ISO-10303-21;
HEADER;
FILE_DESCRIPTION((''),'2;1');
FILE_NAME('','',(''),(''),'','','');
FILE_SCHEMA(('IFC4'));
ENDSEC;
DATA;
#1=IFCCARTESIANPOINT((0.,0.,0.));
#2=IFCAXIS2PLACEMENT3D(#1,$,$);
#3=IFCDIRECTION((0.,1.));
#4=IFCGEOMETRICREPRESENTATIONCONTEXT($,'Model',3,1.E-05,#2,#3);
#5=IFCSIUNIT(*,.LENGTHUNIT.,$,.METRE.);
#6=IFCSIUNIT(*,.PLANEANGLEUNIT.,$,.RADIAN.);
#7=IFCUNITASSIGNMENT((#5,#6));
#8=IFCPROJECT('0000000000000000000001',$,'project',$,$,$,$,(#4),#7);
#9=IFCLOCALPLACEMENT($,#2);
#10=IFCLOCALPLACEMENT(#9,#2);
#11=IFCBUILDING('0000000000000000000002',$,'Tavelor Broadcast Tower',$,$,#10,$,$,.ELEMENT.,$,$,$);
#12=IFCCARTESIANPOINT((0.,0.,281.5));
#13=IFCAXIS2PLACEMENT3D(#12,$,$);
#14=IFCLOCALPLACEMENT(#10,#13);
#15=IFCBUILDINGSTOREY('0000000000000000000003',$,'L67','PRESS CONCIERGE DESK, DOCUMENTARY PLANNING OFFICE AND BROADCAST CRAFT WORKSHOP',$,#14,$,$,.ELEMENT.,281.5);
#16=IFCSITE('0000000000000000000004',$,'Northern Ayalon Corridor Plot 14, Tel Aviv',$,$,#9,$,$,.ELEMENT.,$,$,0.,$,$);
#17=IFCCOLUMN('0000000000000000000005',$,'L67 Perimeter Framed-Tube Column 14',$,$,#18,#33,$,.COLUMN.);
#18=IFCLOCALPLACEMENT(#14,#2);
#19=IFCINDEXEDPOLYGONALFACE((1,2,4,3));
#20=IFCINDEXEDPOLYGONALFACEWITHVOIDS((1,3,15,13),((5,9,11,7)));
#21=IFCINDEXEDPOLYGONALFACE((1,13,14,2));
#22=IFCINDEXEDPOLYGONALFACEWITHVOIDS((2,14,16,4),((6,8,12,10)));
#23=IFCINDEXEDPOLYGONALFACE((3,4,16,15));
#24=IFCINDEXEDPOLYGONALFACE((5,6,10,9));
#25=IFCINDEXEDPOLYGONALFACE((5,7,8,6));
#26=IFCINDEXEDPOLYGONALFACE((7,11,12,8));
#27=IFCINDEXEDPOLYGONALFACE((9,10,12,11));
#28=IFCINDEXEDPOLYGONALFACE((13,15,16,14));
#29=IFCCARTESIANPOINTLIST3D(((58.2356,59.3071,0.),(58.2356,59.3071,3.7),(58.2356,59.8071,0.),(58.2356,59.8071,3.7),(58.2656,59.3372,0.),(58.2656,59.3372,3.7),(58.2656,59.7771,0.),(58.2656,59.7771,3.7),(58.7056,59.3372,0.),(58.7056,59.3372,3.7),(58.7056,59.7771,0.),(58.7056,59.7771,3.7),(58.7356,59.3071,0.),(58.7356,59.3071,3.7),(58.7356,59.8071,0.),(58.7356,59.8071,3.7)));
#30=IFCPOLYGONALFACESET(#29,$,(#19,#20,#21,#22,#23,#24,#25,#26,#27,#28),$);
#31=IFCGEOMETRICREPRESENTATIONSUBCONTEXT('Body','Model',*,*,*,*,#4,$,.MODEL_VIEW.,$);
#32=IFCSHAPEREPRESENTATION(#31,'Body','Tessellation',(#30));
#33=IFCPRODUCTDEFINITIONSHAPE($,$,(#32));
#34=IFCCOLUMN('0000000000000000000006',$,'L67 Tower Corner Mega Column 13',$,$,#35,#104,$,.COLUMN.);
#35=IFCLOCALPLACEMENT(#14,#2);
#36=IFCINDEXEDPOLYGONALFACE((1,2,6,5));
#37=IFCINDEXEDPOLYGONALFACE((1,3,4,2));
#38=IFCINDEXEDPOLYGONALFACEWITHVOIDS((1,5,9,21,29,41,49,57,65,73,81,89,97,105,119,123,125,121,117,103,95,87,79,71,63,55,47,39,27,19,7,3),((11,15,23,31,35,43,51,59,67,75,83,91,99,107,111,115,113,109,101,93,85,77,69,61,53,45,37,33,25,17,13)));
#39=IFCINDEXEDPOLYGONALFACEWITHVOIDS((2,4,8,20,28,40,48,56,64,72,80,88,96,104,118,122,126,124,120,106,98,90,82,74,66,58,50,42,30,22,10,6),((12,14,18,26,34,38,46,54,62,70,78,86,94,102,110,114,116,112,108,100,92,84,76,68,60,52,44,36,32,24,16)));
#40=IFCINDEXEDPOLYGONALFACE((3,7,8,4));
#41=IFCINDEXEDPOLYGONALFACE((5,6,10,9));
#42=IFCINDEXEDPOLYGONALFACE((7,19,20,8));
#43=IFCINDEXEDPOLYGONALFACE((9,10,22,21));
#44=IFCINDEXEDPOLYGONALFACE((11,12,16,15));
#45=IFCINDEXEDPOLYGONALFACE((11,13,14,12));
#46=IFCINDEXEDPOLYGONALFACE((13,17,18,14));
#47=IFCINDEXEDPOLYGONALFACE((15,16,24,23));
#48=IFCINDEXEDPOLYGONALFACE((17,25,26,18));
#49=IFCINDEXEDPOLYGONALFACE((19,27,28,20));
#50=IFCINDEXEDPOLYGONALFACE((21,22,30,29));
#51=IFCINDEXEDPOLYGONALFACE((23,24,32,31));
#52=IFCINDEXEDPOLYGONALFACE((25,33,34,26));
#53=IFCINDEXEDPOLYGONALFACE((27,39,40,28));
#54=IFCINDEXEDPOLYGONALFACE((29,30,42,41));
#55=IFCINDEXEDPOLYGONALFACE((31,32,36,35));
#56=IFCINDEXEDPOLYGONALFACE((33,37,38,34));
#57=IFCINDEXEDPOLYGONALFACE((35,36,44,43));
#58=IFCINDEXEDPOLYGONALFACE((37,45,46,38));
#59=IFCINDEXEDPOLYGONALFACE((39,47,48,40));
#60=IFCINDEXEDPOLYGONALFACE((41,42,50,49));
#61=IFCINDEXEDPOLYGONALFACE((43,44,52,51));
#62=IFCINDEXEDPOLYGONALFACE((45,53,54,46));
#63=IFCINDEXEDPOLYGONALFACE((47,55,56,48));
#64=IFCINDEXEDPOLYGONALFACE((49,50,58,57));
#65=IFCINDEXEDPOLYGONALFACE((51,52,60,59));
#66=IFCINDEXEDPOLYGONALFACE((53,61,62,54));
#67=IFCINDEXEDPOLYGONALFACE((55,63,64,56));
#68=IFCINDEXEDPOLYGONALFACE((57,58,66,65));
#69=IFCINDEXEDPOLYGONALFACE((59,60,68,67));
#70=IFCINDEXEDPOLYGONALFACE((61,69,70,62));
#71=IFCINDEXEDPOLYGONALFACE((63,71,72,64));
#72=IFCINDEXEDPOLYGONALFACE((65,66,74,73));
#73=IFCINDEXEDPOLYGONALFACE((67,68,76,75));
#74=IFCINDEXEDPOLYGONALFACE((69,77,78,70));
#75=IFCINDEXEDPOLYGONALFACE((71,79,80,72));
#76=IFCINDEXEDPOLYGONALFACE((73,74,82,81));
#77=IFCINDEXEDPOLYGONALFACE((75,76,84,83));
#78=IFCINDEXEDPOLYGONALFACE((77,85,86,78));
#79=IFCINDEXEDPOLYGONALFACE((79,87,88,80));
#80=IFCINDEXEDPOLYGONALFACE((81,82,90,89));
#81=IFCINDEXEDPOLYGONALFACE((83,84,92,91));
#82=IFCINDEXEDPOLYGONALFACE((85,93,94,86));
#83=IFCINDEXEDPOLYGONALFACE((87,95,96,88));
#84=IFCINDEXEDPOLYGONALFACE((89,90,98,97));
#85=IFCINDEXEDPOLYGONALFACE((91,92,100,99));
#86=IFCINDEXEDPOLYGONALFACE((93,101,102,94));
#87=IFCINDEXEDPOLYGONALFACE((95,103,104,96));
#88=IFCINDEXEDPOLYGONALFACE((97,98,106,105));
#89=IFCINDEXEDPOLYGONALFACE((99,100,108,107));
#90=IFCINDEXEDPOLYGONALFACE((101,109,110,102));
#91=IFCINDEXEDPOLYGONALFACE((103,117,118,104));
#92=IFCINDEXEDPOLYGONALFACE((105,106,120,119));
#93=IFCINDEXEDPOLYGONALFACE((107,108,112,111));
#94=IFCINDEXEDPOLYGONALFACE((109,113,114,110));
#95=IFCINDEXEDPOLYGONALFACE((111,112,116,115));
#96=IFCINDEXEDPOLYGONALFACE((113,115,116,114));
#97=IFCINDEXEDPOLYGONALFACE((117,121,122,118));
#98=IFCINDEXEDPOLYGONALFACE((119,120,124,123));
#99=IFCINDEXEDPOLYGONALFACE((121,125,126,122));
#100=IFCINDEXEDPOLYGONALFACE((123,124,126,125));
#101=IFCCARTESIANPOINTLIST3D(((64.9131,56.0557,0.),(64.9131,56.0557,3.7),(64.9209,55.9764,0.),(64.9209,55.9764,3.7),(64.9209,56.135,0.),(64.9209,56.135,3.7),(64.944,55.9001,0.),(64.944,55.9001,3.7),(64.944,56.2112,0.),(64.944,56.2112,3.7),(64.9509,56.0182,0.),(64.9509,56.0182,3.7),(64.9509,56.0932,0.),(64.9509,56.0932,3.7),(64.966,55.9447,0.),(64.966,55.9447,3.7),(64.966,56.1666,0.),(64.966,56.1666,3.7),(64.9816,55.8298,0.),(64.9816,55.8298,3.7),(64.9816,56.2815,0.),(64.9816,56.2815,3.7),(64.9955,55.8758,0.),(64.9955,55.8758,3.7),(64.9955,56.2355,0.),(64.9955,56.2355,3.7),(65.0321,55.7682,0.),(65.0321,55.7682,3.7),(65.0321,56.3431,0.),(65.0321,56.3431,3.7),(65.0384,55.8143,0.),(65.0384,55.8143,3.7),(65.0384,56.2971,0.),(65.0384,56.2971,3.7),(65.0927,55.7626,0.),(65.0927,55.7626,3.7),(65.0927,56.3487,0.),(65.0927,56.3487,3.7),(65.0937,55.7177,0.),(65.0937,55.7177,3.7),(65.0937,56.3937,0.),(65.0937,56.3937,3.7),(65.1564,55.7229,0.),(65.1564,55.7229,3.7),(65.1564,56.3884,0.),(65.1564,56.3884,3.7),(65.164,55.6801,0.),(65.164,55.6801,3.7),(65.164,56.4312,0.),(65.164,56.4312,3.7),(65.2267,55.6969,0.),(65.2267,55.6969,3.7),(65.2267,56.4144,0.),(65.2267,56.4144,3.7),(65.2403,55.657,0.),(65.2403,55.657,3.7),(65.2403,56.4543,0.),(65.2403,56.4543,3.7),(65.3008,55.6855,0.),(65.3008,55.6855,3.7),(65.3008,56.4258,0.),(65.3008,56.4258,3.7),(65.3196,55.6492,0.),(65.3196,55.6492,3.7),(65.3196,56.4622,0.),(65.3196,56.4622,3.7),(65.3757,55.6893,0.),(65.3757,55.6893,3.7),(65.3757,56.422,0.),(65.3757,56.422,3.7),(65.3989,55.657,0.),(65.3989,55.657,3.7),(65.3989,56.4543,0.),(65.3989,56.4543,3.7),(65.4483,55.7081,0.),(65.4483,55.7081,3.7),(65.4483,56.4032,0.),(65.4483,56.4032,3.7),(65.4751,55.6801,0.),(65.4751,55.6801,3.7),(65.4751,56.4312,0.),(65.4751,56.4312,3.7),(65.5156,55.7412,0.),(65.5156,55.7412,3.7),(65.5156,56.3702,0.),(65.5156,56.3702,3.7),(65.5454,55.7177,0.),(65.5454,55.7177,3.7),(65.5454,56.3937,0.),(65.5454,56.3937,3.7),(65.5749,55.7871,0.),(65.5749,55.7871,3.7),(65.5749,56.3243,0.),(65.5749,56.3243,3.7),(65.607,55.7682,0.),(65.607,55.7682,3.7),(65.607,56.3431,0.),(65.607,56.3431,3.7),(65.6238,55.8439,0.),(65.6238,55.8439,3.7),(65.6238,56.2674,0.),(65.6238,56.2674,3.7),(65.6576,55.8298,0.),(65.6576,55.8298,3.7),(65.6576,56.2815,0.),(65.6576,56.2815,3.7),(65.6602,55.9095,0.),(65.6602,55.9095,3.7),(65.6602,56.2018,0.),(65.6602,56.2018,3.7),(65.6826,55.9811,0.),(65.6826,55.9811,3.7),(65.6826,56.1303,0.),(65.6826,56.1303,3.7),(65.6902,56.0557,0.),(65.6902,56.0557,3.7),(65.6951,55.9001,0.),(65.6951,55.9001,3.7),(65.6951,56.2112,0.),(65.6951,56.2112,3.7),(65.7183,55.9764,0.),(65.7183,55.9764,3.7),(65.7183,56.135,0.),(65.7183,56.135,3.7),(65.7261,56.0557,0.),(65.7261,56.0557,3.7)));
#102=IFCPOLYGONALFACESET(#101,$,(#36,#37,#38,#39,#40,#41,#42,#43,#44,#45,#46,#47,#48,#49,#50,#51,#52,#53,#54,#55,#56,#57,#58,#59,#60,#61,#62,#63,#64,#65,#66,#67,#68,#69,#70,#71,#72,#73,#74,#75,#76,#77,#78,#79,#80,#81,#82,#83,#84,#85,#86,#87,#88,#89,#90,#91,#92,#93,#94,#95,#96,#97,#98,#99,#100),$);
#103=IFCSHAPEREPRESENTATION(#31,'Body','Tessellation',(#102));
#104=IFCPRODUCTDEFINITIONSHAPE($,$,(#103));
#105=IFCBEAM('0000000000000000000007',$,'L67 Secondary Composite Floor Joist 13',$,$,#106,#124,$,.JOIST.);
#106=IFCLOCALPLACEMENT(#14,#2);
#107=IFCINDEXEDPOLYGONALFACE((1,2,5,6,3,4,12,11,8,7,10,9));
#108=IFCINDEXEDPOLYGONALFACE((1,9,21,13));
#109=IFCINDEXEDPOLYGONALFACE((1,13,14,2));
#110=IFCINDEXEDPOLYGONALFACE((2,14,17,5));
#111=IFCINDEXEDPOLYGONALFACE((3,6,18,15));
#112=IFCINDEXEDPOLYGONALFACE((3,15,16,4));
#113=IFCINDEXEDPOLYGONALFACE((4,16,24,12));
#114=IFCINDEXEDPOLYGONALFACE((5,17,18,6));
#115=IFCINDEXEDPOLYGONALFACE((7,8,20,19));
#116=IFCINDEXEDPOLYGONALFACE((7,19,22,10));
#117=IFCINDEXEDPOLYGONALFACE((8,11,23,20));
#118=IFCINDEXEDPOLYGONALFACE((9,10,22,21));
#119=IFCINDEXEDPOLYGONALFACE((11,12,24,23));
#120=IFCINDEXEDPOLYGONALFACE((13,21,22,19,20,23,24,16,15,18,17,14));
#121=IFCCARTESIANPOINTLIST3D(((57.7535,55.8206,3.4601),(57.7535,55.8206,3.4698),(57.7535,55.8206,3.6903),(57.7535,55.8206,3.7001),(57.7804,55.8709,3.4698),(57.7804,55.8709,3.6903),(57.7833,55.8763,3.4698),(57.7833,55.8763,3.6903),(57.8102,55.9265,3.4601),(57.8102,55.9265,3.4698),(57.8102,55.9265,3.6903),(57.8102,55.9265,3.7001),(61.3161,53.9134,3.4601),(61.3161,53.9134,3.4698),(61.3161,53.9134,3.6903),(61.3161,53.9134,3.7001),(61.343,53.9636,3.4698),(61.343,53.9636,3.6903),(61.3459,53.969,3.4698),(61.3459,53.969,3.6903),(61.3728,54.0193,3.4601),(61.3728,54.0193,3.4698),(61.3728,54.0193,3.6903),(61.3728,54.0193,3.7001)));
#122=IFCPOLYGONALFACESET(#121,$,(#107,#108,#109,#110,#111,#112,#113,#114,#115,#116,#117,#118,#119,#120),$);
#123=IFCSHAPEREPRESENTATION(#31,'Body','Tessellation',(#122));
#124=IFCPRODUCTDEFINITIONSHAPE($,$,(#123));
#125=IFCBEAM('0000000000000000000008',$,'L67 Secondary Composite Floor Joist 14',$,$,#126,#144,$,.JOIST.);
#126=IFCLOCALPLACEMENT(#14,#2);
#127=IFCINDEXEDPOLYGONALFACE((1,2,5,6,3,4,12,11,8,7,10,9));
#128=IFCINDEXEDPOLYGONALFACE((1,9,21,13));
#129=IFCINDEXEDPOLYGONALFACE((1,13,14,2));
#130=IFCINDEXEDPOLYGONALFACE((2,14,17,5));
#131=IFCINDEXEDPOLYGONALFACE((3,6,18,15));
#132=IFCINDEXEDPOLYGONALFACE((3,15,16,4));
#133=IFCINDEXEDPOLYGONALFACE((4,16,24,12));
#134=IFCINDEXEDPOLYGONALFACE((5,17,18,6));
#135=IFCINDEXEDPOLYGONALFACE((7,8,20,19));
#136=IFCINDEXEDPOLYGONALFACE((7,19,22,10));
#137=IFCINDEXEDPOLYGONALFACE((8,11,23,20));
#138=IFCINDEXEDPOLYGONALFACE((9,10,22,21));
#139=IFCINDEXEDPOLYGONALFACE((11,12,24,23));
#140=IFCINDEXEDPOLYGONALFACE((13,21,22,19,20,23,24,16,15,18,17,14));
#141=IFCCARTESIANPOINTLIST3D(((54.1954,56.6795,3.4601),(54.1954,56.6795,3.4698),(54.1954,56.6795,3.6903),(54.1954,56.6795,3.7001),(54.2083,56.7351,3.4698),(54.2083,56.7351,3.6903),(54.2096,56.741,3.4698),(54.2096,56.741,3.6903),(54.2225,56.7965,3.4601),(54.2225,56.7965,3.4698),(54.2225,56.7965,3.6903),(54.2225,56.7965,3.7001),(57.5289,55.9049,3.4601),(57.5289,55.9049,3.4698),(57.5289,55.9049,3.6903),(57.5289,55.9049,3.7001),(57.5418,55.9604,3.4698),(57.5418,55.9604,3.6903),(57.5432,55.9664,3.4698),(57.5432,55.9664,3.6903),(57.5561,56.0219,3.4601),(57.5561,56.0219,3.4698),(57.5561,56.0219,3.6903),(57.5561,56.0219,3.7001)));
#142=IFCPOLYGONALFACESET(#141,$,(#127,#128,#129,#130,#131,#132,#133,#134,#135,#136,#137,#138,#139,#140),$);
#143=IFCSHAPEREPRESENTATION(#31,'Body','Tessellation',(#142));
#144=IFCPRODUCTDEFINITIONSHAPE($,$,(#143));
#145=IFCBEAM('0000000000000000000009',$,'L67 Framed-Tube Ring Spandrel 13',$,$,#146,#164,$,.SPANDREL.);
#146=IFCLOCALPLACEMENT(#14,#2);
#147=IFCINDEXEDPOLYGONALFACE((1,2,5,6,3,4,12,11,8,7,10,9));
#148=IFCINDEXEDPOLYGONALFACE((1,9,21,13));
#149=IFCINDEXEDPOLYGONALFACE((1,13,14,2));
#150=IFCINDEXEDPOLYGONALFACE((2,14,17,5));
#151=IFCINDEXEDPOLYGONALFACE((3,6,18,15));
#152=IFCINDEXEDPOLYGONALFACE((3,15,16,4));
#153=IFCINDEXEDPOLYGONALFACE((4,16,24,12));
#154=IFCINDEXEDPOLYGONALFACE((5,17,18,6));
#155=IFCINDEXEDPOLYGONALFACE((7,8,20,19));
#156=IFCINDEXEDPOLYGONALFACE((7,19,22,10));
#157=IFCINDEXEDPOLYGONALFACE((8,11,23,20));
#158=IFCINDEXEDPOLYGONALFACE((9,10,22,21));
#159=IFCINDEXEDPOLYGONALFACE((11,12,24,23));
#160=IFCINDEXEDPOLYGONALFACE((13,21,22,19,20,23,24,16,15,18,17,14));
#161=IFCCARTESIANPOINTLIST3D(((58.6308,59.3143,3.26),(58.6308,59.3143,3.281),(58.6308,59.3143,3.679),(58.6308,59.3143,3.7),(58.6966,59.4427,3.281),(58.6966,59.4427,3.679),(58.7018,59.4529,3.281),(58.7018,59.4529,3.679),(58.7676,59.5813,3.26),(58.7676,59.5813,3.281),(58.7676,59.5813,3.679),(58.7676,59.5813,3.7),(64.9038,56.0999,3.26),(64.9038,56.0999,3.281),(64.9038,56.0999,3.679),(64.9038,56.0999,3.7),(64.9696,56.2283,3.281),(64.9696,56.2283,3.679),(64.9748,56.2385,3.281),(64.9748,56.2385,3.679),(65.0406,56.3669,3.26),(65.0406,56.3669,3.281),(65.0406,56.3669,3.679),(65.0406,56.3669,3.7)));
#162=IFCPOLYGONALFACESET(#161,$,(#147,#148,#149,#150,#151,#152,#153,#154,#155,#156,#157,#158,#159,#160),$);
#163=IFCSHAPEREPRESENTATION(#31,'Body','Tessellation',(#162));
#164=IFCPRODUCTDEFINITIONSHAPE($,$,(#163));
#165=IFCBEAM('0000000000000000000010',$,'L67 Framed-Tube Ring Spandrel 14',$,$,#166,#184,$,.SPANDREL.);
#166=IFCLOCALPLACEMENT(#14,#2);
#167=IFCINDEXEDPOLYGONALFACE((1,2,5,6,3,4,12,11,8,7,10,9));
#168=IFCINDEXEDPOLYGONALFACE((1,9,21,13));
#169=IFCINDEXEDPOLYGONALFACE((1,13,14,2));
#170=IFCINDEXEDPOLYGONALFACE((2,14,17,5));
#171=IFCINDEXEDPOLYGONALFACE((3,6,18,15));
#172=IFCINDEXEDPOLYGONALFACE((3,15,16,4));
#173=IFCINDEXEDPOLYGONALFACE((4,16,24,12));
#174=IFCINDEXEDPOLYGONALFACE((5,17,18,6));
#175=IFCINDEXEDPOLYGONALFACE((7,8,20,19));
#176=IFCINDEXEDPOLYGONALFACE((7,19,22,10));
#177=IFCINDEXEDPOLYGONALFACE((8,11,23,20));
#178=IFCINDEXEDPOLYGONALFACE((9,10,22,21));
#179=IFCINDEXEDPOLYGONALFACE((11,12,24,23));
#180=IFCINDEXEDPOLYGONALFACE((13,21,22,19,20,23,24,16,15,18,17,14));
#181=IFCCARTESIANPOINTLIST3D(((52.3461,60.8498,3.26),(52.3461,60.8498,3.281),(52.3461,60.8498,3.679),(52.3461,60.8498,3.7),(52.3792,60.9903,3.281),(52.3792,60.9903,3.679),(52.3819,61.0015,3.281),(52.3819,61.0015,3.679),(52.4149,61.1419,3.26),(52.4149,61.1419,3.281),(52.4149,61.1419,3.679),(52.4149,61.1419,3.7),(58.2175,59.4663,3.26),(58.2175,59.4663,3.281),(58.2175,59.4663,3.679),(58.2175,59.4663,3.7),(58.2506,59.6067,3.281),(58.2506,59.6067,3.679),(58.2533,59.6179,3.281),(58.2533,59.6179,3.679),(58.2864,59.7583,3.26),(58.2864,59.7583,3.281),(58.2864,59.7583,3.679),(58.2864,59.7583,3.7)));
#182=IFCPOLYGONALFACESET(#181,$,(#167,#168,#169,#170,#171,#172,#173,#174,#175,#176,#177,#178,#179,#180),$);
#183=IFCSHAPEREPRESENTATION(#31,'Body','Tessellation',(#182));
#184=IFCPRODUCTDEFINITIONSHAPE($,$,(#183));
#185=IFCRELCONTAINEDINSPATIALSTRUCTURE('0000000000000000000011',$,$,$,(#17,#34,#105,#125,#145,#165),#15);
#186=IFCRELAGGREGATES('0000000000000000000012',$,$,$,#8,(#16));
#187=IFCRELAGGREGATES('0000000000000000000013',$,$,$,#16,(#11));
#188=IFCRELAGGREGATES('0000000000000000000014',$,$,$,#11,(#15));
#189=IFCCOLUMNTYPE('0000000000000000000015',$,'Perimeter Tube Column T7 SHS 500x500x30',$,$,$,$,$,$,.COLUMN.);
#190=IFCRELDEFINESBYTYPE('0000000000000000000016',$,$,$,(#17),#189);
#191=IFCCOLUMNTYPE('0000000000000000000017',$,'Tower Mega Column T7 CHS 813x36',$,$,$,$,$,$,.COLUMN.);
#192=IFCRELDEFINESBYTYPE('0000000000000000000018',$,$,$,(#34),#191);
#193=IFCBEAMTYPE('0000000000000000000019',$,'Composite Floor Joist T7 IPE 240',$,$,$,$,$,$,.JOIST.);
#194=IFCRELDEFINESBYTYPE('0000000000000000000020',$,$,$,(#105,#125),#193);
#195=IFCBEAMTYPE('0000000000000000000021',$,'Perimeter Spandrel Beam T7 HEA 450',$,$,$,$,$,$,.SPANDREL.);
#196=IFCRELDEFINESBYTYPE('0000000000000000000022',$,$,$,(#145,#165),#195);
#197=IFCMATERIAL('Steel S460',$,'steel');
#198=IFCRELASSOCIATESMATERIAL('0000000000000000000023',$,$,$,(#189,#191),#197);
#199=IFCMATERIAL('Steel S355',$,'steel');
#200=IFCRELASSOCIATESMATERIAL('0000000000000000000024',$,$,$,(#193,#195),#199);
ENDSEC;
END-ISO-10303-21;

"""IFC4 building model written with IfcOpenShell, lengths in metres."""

from ifc_helpers import new_model, si_unit, direction, frame, origin, origin_2d, place, context, subcontext, project, spatial, hollow_rectangle, hollow_circle, i_section, extrude, material, material_profile, profile_set, type_object, element, save


model = new_model("IFC4")

# Units and contexts
model_context = context("Model", 3, precision=1e-05, world=origin(), true_north=direction((0.0, 1.0)))
body_context = subcontext(model_context, "Body", "Model", "MODEL_VIEW")
ifc_project = project(units=[si_unit("LENGTHUNIT", "METRE"), si_unit("PLANEANGLEUNIT", "RADIAN")], contexts=[model_context])

# Site, building, storey
site_placement = place(None, origin())
site = spatial("IfcSite", under=ifc_project, at=site_placement, Name="Northern Ayalon Corridor Plot 14, Tel Aviv", CompositionType="ELEMENT", RefElevation=0.0)
building_placement = place(site_placement, origin())
building = spatial("IfcBuilding", under=site, at=building_placement, Name="Tavelor Broadcast Tower", CompositionType="ELEMENT")
storey_placement = place(building_placement, frame((0.0, 0.0, 281.5)))
storey = spatial("IfcBuildingStorey", under=building, at=storey_placement, Name="L67", Description="PRESS CONCIERGE DESK, DOCUMENTARY PLANNING OFFICE AND BROADCAST CRAFT WORKSHOP", CompositionType="ELEMENT", Elevation=281.5)

# Columns
ifc_material_1 = material(Name="Steel S460", Category="steel")
ifc_material_profile_1 = material_profile(ifc_material_1, hollow_rectangle(XDim=0.5, YDim=0.5, WallThickness=0.03, at=origin_2d()), Name="SHS 500x500x30")
ifc_profile_set_1 = profile_set([ifc_material_profile_1], Name="Steel S460")
column_type_1 = type_object("IfcColumnType", Name="Perimeter Tube Column T7 SHS 500x500x30", PredefinedType="COLUMN", material=ifc_profile_set_1)
column_1_placement = place(storey_placement, frame((58.4856, 59.5571, 0.0), z_axis=(0.0, 0.0, 1.0), x_axis=(1.0, 0.0, 0.0)))
element("IfcColumn", 1, at=column_1_placement, inside=storey, type_object=column_type_1, Name="L67 Perimeter Framed-Tube Column 14", PredefinedType="COLUMN", context=body_context, shape_type="SweptSolid", body=[
    extrude(hollow_rectangle(XDim=0.5, YDim=0.5, WallThickness=0.03, at=origin_2d()), origin(), (0.0, 0.0, 1.0), 3.7),
])
ifc_material_profile_2 = material_profile(ifc_material_1, hollow_circle(Radius=0.4065, WallThickness=0.0359, at=origin_2d()), Name="CHS 813x36")
ifc_profile_set_2 = profile_set([ifc_material_profile_2], Name="Steel S460")
column_type_2 = type_object("IfcColumnType", Name="Tower Mega Column T7 CHS 813x36", PredefinedType="COLUMN", material=ifc_profile_set_2)
column_2_placement = place(storey_placement, frame((65.3196, 56.0557, 0.0), z_axis=(0.0, 0.0, 1.0), x_axis=(1.0, 0.0, 0.0)))
element("IfcColumn", 2, at=column_2_placement, inside=storey, type_object=column_type_2, Name="L67 Tower Corner Mega Column 13", PredefinedType="COLUMN", context=body_context, shape_type="SweptSolid", body=[
    extrude(hollow_circle(Radius=0.4065, WallThickness=0.0359, at=origin_2d()), origin(), (0.0, 0.0, 1.0), 3.7),
])

# Beams
ifc_material_2 = material(Name="Steel S355", Category="steel")
ifc_material_profile_3 = material_profile(ifc_material_2, i_section(OverallWidth=0.1201, OverallDepth=0.24, WebThickness=0.0061, FlangeThickness=0.0098, at=origin_2d()), Name="IPE 240")
ifc_profile_set_3 = profile_set([ifc_material_profile_3], Name="Steel S355")
beam_type_1 = type_object("IfcBeamType", Name="Composite Floor Joist T7 IPE 240", PredefinedType="JOIST", material=ifc_profile_set_3)
beam_1_placement = place(storey_placement, frame((61.3445, 53.9663, 3.5801), z_axis=(-0.881609, 0.47198, 0.0), x_axis=(-0.47198, -0.881609, 0.0)))
element("IfcBeam", 3, at=beam_1_placement, inside=storey, type_object=beam_type_1, Name="L67 Secondary Composite Floor Joist 13", PredefinedType="JOIST", context=body_context, shape_type="SweptSolid", body=[
    extrude(i_section(OverallWidth=0.1201, OverallDepth=0.24, WebThickness=0.0061, FlangeThickness=0.0098, at=origin_2d()), origin(), (0.0, 0.0, 1.0), 4.041),
])
beam_2_placement = place(storey_placement, frame((57.5425, 55.9634, 3.5801), z_axis=(-0.974045, 0.226355, 0.0), x_axis=(-0.226355, -0.974045, 0.0)))
element("IfcBeam", 4, at=beam_2_placement, inside=storey, type_object=beam_type_1, Name="L67 Secondary Composite Floor Joist 14", PredefinedType="JOIST", context=body_context, shape_type="SweptSolid", body=[
    extrude(i_section(OverallWidth=0.1201, OverallDepth=0.24, WebThickness=0.0061, FlangeThickness=0.0098, at=origin_2d()), origin(), (0.0, 0.0, 1.0), 3.4224),
])
ifc_material_profile_4 = material_profile(ifc_material_2, i_section(OverallWidth=0.3, OverallDepth=0.4399, WebThickness=0.0115, FlangeThickness=0.021, at=origin_2d()), Name="HEA 450")
ifc_profile_set_4 = profile_set([ifc_material_profile_4], Name="Steel S355")
beam_type_2 = type_object("IfcBeamType", Name="Perimeter Spandrel Beam T7 HEA 450", PredefinedType="SPANDREL", material=ifc_profile_set_4)
beam_3_placement = place(storey_placement, frame((64.9722, 56.2334, 3.48), z_axis=(-0.889964, 0.456031, 0.0), x_axis=(-0.456031, -0.889964, 0.0)))
element("IfcBeam", 5, at=beam_3_placement, inside=storey, type_object=beam_type_2, Name="L67 Framed-Tube Ring Spandrel 13", PredefinedType="SPANDREL", context=body_context, shape_type="SweptSolid", body=[
    extrude(i_section(OverallWidth=0.3, OverallDepth=0.4399, WebThickness=0.0115, FlangeThickness=0.021, at=origin_2d()), origin(), (0.0, 0.0, 1.0), 7.0486),
])
beam_4_placement = place(storey_placement, frame((58.252, 59.6123, 3.48), z_axis=(-0.973341, 0.229362, 0.0), x_axis=(-0.229362, -0.973341, 0.0)))
element("IfcBeam", 6, at=beam_4_placement, inside=storey, type_object=beam_type_2, Name="L67 Framed-Tube Ring Spandrel 14", PredefinedType="SPANDREL", context=body_context, shape_type="SweptSolid", body=[
    extrude(i_section(OverallWidth=0.3, OverallDepth=0.4399, WebThickness=0.0115, FlangeThickness=0.021, at=origin_2d()), origin(), (0.0, 0.0, 1.0), 6.0322),
])

save(model, "model.ifc")
